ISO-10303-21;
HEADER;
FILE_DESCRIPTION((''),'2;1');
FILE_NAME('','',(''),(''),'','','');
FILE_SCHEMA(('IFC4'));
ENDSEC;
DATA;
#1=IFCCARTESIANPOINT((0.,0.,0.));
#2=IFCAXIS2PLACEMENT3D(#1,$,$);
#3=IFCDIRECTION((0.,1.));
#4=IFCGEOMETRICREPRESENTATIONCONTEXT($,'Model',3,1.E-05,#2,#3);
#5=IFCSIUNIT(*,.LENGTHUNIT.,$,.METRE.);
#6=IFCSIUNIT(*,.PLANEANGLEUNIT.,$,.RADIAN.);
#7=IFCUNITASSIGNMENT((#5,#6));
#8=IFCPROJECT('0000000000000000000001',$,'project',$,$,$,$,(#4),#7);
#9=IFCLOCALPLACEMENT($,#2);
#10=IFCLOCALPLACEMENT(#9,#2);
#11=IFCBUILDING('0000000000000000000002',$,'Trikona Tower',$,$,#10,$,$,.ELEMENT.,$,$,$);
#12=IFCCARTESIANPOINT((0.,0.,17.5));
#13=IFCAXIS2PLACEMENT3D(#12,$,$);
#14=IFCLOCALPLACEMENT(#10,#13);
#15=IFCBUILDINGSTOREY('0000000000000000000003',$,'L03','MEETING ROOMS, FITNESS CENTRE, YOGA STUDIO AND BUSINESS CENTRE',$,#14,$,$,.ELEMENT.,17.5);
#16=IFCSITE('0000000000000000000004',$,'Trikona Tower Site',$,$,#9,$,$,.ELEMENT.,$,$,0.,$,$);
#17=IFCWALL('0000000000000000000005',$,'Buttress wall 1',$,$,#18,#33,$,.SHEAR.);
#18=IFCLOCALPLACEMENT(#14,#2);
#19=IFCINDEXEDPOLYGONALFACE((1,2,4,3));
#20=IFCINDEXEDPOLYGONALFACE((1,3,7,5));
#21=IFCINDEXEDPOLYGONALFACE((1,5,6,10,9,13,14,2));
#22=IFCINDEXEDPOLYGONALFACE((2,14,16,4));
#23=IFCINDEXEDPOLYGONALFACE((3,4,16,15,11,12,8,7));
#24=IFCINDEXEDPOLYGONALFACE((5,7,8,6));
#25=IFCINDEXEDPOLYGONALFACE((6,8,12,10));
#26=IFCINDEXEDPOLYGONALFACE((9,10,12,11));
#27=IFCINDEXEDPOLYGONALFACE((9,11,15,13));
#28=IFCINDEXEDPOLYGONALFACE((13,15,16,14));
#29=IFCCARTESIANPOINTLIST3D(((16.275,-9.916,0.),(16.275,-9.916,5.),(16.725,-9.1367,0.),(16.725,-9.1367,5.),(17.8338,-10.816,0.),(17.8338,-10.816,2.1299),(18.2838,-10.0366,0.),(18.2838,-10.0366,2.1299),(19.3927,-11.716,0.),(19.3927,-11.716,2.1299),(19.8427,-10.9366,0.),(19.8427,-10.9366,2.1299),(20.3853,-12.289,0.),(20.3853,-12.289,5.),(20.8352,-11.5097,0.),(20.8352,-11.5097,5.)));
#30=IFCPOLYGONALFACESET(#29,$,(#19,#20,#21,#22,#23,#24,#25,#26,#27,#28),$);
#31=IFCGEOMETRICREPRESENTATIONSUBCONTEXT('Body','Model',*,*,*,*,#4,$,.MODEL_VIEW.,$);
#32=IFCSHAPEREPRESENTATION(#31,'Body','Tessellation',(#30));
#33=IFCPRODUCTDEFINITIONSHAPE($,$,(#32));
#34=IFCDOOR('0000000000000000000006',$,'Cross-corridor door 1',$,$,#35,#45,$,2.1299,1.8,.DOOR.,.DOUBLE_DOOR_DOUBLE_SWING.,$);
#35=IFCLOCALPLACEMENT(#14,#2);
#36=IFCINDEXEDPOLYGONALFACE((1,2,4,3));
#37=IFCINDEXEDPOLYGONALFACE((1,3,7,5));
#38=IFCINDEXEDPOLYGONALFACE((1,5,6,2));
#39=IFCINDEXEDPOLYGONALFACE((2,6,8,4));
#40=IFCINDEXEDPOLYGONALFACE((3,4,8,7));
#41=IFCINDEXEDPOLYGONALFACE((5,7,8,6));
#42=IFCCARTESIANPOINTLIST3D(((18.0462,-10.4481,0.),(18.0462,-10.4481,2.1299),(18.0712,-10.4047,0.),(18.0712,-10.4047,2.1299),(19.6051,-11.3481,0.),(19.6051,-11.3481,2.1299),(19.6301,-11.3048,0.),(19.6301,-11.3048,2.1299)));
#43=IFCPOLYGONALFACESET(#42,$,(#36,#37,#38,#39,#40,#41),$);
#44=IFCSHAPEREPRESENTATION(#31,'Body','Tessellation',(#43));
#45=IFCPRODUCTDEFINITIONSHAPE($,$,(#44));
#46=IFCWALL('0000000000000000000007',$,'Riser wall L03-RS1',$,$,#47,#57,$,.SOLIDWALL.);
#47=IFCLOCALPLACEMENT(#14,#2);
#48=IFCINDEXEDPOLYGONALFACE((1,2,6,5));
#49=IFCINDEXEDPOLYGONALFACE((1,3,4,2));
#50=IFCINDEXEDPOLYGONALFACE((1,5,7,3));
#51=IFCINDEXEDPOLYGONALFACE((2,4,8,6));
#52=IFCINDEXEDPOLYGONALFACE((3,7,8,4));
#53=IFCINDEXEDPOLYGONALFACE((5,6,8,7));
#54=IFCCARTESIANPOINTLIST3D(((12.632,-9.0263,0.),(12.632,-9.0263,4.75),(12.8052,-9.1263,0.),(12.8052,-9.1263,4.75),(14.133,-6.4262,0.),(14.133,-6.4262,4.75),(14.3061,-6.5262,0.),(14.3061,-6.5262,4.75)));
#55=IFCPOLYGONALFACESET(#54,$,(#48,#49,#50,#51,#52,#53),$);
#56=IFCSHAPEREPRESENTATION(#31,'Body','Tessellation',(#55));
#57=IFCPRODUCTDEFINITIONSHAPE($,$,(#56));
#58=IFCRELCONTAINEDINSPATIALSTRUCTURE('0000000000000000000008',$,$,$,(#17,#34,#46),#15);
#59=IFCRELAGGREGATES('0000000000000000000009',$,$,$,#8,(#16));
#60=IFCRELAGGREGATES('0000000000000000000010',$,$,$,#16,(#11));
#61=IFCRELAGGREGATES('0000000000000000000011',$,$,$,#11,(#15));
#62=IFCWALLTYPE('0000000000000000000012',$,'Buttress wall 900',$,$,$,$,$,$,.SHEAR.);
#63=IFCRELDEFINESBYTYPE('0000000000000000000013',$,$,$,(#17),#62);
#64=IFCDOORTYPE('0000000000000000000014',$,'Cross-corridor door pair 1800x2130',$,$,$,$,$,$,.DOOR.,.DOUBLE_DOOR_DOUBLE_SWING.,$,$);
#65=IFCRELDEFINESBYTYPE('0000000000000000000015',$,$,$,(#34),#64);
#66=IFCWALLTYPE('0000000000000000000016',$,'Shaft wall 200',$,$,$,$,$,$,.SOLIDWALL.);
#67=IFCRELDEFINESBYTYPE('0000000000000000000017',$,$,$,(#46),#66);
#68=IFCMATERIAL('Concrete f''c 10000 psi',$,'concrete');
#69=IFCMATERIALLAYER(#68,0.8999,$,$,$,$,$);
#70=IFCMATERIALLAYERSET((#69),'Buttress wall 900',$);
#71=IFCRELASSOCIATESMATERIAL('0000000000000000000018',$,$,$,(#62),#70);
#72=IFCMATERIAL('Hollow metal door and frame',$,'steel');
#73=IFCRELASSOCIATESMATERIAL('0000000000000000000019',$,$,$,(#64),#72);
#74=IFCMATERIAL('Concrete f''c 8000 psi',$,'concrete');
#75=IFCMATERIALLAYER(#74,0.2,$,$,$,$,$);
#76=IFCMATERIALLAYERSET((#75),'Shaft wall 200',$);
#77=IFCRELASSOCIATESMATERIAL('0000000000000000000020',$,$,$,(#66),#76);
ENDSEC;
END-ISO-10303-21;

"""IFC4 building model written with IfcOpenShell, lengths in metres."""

from ifc_helpers import new_model, si_unit, direction, frame, frame_2d, origin, place, context, subcontext, project, spatial, rectangle, extrude, material, layer, layer_set, type_object, element, fill, save


model = new_model("IFC4")

# Units and contexts
model_context = context("Model", 3, precision=1e-05, world=origin(), true_north=direction((0.0, 1.0)))
body_context = subcontext(model_context, "Body", "Model", "MODEL_VIEW")
ifc_project = project(units=[si_unit("LENGTHUNIT", "METRE"), si_unit("PLANEANGLEUNIT", "RADIAN")], contexts=[model_context])

# Site, building, storey
site_placement = place(None, origin())
site = spatial("IfcSite", under=ifc_project, at=site_placement, Name="Trikona Tower Site", CompositionType="ELEMENT", RefElevation=0.0)
building_placement = place(site_placement, origin())
building = spatial("IfcBuilding", under=site, at=building_placement, Name="Trikona Tower", CompositionType="ELEMENT")
storey_placement = place(building_placement, frame((0.0, 0.0, 17.5)))
storey = spatial("IfcBuildingStorey", under=building, at=storey_placement, Name="L03", Description="MEETING ROOMS, FITNESS CENTRE, YOGA STUDIO AND BUSINESS CENTRE", CompositionType="ELEMENT", Elevation=17.5)

# Wall, opening, door
ifc_material_1 = material(Name="Concrete f'c 10000 psi", Category="concrete")
ifc_layer_1 = layer(ifc_material_1, 0.8999)
ifc_layer_set_1 = layer_set([ifc_layer_1], Name="Buttress wall 900")
wall_type_1 = type_object("IfcWallType", Name="Buttress wall 900", PredefinedType="SHEAR", material=ifc_layer_set_1)
wall_1_placement = place(storey_placement, frame((16.5, -9.5264, 0.0), z_axis=(0.0, 0.0, 1.0), x_axis=(0.866031, -0.49999, 0.0)))
wall_1 = element("IfcWall", 1, at=wall_1_placement, inside=storey, type_object=wall_type_1, Name="Buttress wall 1", PredefinedType="SHEAR", context=body_context, shape_type="SweptSolid", body=[
    extrude(rectangle(XDim=4.7461, YDim=0.8999, at=frame_2d((2.373, 0.0))), origin(), (0.0, 0.0, 1.0), 5.0),
])
opening_placement = place(wall_1_placement, frame((1.8, 0.0, 0.0)))
opening = element("IfcOpeningElement", 2, at=opening_placement, cuts=wall_1, PredefinedType="OPENING", context=body_context, shape_type="SweptSolid", body=[
    extrude(rectangle(XDim=1.8, YDim=2.1299, at=frame_2d((0.8999, 1.0649))), frame((0.0, 0.46, 0.0), z_axis=(0.0, -1.0, 0.0), x_axis=(1.0, 0.0, 0.0)), (0.0, 0.0, 1.0), 0.9199),
])
ifc_material_2 = material(Name="Hollow metal door and frame", Category="steel")
door_type = type_object("IfcDoorType", Name="Cross-corridor door pair 1800x2130", OperationType="DOUBLE_DOOR_DOUBLE_SWING", PredefinedType="DOOR", material=ifc_material_2)
door_placement = place(opening_placement, origin())
door = element("IfcDoor", 3, at=door_placement, inside=storey, type_object=door_type, Name="Cross-corridor door 1", OperationType="DOUBLE_DOOR_DOUBLE_SWING", OverallHeight=2.1299, OverallWidth=1.8, PredefinedType="DOOR", context=body_context, shape_type="SweptSolid", body=[
    extrude(rectangle(XDim=1.8, YDim=2.1299, at=frame_2d((0.8999, 1.0649))), frame((0.0, 0.0249, 0.0), z_axis=(0.0, -1.0, 0.0), x_axis=(1.0, 0.0, 0.0)), (0.0, 0.0, 1.0), 0.05),
])
fill(opening, door)

# Wall
ifc_material_3 = material(Name="Concrete f'c 8000 psi", Category="concrete")
ifc_layer_2 = layer(ifc_material_3, 0.2)
ifc_layer_set_2 = layer_set([ifc_layer_2], Name="Shaft wall 200")
wall_type_2 = type_object("IfcWallType", Name="Shaft wall 200", PredefinedType="SOLIDWALL", material=ifc_layer_set_2)
wall_2_placement = place(storey_placement, frame((14.2195, -6.4763, 0.0), z_axis=(0.0, 0.0, 1.0), x_axis=(-0.499952, -0.866053, 0.0)))
element("IfcWall", 4, at=wall_2_placement, inside=storey, type_object=wall_type_2, Name="Riser wall L03-RS1", PredefinedType="SOLIDWALL", context=body_context, shape_type="SweptSolid", body=[
    extrude(rectangle(XDim=3.0022, YDim=0.2, at=frame_2d((1.501, 0.0))), origin(), (0.0, 0.0, 1.0), 4.75),
])

save(model, "model.ifc")
